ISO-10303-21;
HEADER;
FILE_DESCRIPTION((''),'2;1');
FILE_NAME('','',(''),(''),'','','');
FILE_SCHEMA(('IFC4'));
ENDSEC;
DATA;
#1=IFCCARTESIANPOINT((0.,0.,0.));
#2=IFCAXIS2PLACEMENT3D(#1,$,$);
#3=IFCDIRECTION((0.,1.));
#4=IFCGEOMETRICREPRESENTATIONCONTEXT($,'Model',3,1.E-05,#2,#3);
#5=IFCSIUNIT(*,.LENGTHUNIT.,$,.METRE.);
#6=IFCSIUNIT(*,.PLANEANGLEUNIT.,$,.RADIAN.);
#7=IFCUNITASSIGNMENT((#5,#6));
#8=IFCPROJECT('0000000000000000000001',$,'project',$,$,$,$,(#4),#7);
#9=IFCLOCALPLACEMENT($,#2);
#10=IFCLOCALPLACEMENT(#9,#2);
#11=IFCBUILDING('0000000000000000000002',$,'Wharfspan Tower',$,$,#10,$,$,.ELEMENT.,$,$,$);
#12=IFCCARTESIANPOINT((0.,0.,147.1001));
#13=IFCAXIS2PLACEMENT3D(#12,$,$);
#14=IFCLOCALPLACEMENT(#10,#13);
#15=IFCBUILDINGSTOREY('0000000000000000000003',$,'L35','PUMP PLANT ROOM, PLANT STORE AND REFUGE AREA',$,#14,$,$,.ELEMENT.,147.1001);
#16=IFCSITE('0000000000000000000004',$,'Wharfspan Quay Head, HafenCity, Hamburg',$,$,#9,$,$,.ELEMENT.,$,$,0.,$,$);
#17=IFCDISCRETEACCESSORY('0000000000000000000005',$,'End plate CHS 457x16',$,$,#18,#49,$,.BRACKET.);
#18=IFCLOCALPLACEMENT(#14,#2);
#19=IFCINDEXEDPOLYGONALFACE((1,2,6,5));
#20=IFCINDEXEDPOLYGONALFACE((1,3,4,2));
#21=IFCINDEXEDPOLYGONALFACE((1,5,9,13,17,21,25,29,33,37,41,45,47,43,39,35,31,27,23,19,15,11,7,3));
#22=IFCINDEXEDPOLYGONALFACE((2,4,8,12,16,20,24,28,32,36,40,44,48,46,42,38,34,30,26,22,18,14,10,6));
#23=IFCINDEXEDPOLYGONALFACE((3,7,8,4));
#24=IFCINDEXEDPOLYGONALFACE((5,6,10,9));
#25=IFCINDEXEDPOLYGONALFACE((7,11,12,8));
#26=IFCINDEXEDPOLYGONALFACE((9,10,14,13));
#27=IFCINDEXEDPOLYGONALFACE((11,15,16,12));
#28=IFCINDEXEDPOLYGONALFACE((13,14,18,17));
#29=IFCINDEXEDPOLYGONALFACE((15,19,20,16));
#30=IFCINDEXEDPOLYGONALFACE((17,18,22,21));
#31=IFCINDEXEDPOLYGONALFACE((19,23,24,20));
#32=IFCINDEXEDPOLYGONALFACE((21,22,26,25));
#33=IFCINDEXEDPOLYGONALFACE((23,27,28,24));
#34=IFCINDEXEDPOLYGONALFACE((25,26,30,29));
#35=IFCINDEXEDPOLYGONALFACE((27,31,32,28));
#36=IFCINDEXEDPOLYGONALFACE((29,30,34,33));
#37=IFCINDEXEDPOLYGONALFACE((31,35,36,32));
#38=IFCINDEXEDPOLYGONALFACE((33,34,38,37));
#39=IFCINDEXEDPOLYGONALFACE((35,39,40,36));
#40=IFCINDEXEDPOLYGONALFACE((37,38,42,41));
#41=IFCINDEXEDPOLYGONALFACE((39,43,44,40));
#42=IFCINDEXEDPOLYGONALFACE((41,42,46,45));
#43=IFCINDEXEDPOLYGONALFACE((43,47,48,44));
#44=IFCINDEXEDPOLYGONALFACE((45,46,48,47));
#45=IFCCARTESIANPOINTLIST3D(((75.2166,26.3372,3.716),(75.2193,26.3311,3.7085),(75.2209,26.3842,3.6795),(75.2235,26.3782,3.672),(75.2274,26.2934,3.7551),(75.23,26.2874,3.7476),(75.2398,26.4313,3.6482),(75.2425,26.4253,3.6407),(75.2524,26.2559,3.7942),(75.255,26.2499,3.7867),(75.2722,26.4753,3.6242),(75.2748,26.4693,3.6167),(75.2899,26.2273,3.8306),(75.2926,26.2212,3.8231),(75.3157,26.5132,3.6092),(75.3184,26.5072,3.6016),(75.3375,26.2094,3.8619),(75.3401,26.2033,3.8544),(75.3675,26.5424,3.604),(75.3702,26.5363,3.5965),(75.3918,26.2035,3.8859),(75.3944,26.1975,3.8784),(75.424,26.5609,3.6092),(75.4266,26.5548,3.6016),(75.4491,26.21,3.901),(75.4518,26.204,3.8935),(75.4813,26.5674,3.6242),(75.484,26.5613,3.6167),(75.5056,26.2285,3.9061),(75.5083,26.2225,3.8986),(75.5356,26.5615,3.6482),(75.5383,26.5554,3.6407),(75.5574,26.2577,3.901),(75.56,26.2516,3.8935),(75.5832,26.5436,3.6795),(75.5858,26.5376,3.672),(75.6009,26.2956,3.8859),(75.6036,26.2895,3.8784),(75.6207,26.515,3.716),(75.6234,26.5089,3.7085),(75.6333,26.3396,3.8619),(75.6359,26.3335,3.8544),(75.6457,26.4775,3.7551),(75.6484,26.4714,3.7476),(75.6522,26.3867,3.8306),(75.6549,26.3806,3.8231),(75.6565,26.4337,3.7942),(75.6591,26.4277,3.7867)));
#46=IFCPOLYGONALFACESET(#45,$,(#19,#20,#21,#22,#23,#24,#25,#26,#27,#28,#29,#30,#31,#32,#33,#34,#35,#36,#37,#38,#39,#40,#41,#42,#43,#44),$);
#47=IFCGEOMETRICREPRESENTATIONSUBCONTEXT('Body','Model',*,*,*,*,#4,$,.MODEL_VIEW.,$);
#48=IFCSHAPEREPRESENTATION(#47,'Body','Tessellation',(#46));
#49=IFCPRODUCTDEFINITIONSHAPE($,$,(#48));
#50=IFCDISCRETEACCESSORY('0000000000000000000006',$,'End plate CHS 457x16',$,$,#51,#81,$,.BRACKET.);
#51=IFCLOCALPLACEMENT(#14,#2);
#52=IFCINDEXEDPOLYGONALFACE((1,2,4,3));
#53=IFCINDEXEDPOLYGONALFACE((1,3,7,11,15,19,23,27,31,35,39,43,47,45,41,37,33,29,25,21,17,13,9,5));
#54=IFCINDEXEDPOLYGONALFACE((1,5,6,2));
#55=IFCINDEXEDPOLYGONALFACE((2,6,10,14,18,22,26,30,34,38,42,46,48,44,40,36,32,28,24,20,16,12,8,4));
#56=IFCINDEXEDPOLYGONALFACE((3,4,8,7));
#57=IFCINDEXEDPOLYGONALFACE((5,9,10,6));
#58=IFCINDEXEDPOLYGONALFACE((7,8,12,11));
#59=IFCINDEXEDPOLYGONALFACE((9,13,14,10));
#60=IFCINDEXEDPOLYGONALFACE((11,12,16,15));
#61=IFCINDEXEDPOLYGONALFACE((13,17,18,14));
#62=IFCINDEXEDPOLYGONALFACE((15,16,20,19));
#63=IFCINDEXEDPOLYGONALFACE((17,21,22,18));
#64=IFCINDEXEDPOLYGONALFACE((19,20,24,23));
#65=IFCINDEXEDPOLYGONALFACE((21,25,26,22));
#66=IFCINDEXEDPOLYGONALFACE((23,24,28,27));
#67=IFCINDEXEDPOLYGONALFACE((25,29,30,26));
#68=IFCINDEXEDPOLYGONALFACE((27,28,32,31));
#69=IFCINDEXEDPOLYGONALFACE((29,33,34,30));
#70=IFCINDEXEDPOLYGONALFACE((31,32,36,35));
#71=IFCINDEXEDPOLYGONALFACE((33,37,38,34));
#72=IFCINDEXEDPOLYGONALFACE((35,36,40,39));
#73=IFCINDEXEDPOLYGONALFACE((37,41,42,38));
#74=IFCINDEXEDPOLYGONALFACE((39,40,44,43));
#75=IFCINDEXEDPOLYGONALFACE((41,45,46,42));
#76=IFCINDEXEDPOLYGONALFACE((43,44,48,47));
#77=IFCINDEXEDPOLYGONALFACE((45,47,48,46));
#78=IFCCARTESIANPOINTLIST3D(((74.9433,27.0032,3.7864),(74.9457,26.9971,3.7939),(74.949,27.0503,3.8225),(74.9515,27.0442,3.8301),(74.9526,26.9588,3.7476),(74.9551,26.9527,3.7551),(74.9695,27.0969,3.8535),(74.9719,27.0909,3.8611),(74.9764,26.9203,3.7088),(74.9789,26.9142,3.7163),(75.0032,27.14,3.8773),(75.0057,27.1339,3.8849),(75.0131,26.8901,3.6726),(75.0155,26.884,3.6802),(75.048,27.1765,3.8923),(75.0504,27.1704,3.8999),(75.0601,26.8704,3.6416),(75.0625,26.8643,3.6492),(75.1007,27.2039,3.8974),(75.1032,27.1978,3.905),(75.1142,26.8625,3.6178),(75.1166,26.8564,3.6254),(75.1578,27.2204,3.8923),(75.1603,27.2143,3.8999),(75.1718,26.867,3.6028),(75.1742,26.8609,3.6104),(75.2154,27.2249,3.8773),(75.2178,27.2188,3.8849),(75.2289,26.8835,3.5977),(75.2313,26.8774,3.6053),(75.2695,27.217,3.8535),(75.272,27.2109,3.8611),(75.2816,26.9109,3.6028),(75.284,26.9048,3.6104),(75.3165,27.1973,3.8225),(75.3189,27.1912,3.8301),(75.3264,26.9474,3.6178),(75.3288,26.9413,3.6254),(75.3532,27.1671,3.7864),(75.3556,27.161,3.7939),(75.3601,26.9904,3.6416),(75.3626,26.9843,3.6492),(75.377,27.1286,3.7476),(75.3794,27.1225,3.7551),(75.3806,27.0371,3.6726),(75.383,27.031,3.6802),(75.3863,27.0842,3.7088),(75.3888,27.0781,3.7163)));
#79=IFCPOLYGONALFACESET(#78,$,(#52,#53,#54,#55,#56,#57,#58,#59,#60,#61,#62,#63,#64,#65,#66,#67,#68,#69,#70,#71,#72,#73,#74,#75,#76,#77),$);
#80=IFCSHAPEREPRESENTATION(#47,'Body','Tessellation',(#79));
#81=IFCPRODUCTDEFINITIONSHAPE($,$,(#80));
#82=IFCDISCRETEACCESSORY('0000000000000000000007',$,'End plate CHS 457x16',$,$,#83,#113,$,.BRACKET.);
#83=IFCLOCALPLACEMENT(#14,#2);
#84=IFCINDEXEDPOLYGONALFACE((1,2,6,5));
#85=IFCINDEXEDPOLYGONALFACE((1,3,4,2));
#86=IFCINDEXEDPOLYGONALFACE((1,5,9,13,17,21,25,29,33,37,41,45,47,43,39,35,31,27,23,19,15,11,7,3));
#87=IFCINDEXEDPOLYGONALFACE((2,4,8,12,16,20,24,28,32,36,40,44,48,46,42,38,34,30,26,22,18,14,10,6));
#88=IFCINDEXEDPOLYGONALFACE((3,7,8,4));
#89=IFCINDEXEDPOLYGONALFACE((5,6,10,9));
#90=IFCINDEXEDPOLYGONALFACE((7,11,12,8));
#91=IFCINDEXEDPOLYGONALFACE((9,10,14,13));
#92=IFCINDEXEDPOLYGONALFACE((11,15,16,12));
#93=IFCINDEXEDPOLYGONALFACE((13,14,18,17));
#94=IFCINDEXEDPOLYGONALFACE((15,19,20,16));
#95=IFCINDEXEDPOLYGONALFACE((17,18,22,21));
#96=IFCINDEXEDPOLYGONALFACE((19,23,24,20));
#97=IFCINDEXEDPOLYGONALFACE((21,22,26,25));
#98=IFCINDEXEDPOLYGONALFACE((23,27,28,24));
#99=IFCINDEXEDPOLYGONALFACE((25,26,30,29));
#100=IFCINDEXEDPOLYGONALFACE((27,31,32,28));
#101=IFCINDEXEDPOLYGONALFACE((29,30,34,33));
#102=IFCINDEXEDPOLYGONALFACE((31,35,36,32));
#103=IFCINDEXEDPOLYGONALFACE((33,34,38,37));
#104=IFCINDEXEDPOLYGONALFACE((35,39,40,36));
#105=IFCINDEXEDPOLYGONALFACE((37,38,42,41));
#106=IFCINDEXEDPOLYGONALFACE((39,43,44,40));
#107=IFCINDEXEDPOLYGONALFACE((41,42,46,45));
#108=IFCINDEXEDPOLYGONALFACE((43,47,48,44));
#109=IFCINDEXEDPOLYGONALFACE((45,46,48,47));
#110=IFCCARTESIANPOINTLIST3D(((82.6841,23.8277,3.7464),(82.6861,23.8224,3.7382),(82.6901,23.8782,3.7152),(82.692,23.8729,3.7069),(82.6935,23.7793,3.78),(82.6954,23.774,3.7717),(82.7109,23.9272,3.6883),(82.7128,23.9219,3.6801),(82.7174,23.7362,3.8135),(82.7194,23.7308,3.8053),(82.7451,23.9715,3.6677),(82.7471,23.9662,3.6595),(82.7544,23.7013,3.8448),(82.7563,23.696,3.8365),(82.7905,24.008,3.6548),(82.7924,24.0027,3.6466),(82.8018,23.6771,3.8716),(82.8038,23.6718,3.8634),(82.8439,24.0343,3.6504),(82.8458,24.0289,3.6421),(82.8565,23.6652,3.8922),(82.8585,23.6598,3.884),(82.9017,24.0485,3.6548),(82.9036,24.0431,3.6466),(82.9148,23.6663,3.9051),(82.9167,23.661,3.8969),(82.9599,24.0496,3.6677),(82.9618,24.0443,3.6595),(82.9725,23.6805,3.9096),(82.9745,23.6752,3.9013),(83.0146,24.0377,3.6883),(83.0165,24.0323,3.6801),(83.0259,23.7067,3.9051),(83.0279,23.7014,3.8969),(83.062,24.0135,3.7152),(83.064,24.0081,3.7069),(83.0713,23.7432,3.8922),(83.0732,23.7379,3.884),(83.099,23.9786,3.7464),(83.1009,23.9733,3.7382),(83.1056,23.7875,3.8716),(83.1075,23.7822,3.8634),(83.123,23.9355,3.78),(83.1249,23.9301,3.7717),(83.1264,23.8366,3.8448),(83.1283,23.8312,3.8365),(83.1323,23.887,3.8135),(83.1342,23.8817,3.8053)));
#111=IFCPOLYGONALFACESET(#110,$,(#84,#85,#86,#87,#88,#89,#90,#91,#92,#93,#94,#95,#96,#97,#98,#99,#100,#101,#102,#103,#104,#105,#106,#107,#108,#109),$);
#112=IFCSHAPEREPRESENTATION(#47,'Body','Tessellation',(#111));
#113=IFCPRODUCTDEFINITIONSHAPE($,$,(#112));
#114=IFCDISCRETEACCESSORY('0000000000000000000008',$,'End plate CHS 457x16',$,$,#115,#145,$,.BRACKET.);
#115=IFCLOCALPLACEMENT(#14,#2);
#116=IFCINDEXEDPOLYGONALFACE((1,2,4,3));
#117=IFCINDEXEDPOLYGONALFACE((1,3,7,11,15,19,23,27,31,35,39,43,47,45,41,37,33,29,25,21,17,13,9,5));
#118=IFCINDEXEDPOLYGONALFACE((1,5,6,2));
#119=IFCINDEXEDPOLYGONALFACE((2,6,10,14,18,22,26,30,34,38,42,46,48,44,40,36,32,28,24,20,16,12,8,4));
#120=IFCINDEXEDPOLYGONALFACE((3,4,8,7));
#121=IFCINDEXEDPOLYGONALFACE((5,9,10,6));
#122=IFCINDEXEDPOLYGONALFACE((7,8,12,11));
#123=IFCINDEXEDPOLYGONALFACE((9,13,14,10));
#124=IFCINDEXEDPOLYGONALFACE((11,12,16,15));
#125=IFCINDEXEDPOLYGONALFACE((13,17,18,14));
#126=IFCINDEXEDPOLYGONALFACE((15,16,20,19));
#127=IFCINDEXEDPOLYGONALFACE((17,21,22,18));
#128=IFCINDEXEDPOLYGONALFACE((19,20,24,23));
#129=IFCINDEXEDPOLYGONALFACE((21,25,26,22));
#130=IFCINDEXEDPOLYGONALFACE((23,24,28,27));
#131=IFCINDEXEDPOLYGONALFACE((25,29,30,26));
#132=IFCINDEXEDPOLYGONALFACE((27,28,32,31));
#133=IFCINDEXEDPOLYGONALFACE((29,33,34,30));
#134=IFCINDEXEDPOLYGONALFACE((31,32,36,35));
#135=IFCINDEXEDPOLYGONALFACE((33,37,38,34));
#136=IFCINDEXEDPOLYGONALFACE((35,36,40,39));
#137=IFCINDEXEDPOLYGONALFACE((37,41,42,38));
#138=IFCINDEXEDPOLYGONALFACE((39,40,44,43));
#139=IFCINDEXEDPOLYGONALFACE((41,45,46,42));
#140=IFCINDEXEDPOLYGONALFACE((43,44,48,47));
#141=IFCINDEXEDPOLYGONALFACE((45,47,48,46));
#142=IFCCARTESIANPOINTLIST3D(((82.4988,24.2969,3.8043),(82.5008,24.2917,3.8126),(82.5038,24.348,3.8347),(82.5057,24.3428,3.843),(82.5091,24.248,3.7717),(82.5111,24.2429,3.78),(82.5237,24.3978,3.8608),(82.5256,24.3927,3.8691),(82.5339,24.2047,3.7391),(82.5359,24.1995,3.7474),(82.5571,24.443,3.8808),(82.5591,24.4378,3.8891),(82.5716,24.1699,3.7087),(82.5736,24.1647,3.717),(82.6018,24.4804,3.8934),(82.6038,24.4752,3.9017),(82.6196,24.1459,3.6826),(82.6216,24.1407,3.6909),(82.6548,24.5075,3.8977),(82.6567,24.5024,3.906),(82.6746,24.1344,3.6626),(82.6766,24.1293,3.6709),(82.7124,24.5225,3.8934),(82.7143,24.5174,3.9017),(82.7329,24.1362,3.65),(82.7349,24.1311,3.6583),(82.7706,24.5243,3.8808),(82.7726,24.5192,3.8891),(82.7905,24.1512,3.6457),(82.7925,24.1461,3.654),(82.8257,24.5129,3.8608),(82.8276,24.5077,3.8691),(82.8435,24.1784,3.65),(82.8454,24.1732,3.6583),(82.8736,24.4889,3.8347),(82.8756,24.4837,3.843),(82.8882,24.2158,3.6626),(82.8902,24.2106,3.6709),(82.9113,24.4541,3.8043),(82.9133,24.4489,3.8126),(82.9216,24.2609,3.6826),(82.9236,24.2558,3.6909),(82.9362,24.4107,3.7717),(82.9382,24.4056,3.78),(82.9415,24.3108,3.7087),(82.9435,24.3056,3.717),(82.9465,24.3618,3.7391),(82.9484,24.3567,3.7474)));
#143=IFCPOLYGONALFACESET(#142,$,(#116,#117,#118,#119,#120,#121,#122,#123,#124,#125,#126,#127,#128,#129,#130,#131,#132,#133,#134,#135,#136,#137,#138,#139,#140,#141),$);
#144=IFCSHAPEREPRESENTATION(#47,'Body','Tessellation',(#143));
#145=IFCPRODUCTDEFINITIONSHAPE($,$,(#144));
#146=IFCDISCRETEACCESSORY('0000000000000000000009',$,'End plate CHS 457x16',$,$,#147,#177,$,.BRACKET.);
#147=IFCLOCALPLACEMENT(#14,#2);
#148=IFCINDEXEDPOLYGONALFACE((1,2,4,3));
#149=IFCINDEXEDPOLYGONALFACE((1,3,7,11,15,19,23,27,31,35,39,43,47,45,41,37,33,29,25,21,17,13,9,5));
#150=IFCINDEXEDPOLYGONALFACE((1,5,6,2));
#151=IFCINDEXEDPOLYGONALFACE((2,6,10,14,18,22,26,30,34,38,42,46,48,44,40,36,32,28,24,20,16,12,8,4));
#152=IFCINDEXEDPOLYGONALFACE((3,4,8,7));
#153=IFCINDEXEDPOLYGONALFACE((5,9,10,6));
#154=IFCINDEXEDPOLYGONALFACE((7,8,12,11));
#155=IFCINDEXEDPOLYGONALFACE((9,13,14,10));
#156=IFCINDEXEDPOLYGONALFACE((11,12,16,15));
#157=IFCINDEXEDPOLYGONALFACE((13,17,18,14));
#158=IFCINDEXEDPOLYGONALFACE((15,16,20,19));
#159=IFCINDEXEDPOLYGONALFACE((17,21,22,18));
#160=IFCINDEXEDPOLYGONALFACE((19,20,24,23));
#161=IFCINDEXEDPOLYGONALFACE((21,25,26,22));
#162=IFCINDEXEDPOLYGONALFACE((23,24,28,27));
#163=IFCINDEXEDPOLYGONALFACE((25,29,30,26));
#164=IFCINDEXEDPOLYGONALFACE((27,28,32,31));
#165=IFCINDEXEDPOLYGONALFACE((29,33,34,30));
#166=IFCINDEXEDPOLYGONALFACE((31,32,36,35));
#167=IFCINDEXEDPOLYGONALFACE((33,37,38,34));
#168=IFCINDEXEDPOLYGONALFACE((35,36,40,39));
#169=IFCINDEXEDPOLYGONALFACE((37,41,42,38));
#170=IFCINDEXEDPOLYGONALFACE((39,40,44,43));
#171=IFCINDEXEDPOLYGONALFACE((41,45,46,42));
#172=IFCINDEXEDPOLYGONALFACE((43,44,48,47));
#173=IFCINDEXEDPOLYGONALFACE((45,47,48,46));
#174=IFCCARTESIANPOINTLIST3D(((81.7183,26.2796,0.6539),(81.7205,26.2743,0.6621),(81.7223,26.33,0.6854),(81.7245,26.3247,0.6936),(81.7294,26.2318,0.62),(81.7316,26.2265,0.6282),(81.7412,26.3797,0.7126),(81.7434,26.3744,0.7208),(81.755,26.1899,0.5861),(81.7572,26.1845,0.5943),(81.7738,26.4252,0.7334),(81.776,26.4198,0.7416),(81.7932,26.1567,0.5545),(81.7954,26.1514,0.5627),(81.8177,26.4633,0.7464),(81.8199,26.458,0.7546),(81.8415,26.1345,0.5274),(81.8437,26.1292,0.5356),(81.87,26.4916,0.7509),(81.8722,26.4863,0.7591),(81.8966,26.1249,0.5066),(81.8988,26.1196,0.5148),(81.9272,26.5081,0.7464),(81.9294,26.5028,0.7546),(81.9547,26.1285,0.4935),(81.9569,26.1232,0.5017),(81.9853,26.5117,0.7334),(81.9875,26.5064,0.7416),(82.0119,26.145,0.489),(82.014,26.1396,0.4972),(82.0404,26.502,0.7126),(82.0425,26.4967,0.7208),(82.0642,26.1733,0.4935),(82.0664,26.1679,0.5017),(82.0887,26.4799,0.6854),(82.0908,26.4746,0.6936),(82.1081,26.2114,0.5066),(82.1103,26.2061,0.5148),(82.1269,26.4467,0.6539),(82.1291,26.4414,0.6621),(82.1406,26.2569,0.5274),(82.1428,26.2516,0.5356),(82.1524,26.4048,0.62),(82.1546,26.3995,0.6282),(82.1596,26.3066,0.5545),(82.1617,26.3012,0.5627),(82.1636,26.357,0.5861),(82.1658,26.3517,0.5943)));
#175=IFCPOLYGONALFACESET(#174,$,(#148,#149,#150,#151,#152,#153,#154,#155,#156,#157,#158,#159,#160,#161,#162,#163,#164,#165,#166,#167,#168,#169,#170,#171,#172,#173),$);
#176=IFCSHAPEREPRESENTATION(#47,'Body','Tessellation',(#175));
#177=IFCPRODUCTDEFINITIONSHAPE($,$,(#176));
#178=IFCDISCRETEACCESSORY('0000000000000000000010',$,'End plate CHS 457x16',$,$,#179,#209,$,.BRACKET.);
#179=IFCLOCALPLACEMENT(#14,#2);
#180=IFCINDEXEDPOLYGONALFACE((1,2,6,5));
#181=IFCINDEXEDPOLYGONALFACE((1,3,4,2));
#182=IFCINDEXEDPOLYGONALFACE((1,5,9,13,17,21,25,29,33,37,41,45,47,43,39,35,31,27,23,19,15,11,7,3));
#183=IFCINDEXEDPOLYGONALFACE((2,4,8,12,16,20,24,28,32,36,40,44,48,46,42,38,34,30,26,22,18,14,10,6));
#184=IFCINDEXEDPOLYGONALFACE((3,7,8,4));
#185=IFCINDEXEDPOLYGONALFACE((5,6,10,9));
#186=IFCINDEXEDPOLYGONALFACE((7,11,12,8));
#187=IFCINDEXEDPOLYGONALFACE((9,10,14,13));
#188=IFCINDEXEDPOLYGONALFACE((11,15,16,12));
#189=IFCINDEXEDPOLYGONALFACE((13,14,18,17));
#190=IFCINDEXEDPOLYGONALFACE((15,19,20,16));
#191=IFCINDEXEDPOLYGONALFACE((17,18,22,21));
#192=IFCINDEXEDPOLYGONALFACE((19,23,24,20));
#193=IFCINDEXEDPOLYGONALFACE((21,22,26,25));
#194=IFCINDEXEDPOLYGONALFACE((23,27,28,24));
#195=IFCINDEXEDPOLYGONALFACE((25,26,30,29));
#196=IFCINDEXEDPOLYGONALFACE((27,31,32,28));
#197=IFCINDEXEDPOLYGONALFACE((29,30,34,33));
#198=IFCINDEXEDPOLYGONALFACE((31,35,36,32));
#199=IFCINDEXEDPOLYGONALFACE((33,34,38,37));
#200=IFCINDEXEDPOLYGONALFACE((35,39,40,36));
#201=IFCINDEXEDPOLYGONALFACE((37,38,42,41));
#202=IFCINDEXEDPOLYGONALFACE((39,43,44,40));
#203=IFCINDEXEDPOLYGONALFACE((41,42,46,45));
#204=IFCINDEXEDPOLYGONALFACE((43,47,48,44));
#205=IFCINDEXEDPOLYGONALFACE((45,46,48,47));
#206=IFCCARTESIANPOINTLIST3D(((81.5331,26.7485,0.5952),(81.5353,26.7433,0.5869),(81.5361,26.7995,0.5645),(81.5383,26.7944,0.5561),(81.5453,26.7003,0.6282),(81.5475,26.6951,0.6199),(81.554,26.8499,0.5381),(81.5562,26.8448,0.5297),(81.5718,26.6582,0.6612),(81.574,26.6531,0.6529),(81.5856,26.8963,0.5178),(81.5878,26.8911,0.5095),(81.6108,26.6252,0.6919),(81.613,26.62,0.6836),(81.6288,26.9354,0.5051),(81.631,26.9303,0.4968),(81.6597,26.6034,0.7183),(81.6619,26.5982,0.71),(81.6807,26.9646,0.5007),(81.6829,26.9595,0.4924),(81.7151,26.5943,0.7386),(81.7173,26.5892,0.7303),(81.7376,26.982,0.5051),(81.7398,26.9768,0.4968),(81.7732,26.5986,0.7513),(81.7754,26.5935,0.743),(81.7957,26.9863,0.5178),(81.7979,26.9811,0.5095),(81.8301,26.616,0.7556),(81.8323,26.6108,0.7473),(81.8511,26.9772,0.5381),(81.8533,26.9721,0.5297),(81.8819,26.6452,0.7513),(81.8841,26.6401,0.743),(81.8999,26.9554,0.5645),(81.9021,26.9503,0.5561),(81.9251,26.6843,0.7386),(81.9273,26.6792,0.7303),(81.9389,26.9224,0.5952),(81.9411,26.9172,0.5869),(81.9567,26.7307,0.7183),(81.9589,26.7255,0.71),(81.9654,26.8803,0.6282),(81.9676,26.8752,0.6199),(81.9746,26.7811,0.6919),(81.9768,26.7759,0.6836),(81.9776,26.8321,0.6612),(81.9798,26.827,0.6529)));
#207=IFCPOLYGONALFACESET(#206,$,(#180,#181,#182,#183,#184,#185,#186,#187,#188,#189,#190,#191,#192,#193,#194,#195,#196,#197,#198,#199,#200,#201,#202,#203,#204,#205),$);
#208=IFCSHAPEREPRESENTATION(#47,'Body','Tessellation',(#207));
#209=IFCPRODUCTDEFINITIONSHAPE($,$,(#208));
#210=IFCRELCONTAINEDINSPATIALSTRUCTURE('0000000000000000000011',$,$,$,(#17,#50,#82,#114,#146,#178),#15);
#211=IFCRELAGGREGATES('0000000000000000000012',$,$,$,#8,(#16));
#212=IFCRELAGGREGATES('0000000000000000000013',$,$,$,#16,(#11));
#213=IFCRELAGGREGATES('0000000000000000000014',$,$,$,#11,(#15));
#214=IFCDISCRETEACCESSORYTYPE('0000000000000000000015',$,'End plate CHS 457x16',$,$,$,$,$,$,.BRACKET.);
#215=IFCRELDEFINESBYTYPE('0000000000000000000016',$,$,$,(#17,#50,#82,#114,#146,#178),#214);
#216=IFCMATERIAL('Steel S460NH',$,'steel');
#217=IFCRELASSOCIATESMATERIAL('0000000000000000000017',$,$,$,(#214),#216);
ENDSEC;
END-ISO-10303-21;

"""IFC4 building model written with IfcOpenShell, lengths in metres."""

from ifc_helpers import new_model, si_unit, direction, frame, origin, origin_2d, place, context, subcontext, project, spatial, circle, extrude, material, material_profile, profile_set, type_object, element, save


model = new_model("IFC4")

# Units and contexts
model_context = context("Model", 3, precision=1e-05, world=origin(), true_north=direction((0.0, 1.0)))
body_context = subcontext(model_context, "Body", "Model", "MODEL_VIEW")
ifc_project = project(units=[si_unit("LENGTHUNIT", "METRE"), si_unit("PLANEANGLEUNIT", "RADIAN")], contexts=[model_context])

# Site, building, storey
site_placement = place(None, origin())
site = spatial("IfcSite", under=ifc_project, at=site_placement, Name="Wharfspan Quay Head, HafenCity, Hamburg", CompositionType="ELEMENT", RefElevation=0.0)
building_placement = place(site_placement, origin())
building = spatial("IfcBuilding", under=site, at=building_placement, Name="Wharfspan Tower", CompositionType="ELEMENT")
storey_placement = place(building_placement, frame((0.0, 0.0, 147.1001)))
storey = spatial("IfcBuildingStorey", under=building, at=storey_placement, Name="L35", Description="PUMP PLANT ROOM, PLANT STORE AND REFUGE AREA", CompositionType="ELEMENT", Elevation=147.1001)

# Shared definitions
ifc_material_1 = material(Name="Steel S460NH", Category="steel")

# Discrete accessories
ifc_material_profile_1 = material_profile(ifc_material_1, circle(Radius=0.2285, at=origin_2d()))
ifc_profile_set_1 = profile_set([ifc_material_profile_1], Name="Steel S460NH")
discrete_accessory_type_1 = type_object("IfcDiscreteAccessoryType", Name="End plate CHS 457x16", PredefinedType="BRACKET", material=ifc_profile_set_1)
for number, where, z_axis, x_axis, name in (
    (1, (75.4392, 26.3794, 3.7476), (-0.266242, 0.605095, 0.750317), (-0.915318, -0.402739, -0.000001), "End plate CHS 457x16"),
    (2, (75.1672, 27.0376, 3.7551), (-0.243541, 0.608851, -0.754976), (-0.928474, -0.371393, -0.000002), "End plate CHS 457x16"),
    (3, (82.9102, 23.8521, 3.7717), (-0.193801, 0.532952, 0.823653), (-0.939792, -0.341743, 0.0), "End plate CHS 457x16"),
    (4, (82.7246, 24.3242, 3.78), (-0.196293, 0.51527, -0.834246), (-0.934491, -0.355996, 0.0), "End plate CHS 457x16"),
    (5, (81.9431, 26.313, 0.6282), (-0.216946, 0.530313, -0.819575), (-0.925547, -0.378634, -0.000001), "End plate CHS 457x16"),
    (6, (81.7576, 26.7852, 0.6199), (-0.219708, 0.512653, 0.830009), (-0.919147, -0.393921, 0.000001), "End plate CHS 457x16"),
):
    element("IfcDiscreteAccessory", number, at=place(storey_placement, frame(where, z_axis=z_axis, x_axis=x_axis)), inside=storey, type_object=discrete_accessory_type_1, Name=name, PredefinedType="BRACKET", context=body_context, shape_type="SweptSolid", body=[
        extrude(circle(Radius=0.2285, at=origin_2d()), origin(), (0.0, 0.0, 1.0), 0.01),
    ])

save(model, "model.ifc")
